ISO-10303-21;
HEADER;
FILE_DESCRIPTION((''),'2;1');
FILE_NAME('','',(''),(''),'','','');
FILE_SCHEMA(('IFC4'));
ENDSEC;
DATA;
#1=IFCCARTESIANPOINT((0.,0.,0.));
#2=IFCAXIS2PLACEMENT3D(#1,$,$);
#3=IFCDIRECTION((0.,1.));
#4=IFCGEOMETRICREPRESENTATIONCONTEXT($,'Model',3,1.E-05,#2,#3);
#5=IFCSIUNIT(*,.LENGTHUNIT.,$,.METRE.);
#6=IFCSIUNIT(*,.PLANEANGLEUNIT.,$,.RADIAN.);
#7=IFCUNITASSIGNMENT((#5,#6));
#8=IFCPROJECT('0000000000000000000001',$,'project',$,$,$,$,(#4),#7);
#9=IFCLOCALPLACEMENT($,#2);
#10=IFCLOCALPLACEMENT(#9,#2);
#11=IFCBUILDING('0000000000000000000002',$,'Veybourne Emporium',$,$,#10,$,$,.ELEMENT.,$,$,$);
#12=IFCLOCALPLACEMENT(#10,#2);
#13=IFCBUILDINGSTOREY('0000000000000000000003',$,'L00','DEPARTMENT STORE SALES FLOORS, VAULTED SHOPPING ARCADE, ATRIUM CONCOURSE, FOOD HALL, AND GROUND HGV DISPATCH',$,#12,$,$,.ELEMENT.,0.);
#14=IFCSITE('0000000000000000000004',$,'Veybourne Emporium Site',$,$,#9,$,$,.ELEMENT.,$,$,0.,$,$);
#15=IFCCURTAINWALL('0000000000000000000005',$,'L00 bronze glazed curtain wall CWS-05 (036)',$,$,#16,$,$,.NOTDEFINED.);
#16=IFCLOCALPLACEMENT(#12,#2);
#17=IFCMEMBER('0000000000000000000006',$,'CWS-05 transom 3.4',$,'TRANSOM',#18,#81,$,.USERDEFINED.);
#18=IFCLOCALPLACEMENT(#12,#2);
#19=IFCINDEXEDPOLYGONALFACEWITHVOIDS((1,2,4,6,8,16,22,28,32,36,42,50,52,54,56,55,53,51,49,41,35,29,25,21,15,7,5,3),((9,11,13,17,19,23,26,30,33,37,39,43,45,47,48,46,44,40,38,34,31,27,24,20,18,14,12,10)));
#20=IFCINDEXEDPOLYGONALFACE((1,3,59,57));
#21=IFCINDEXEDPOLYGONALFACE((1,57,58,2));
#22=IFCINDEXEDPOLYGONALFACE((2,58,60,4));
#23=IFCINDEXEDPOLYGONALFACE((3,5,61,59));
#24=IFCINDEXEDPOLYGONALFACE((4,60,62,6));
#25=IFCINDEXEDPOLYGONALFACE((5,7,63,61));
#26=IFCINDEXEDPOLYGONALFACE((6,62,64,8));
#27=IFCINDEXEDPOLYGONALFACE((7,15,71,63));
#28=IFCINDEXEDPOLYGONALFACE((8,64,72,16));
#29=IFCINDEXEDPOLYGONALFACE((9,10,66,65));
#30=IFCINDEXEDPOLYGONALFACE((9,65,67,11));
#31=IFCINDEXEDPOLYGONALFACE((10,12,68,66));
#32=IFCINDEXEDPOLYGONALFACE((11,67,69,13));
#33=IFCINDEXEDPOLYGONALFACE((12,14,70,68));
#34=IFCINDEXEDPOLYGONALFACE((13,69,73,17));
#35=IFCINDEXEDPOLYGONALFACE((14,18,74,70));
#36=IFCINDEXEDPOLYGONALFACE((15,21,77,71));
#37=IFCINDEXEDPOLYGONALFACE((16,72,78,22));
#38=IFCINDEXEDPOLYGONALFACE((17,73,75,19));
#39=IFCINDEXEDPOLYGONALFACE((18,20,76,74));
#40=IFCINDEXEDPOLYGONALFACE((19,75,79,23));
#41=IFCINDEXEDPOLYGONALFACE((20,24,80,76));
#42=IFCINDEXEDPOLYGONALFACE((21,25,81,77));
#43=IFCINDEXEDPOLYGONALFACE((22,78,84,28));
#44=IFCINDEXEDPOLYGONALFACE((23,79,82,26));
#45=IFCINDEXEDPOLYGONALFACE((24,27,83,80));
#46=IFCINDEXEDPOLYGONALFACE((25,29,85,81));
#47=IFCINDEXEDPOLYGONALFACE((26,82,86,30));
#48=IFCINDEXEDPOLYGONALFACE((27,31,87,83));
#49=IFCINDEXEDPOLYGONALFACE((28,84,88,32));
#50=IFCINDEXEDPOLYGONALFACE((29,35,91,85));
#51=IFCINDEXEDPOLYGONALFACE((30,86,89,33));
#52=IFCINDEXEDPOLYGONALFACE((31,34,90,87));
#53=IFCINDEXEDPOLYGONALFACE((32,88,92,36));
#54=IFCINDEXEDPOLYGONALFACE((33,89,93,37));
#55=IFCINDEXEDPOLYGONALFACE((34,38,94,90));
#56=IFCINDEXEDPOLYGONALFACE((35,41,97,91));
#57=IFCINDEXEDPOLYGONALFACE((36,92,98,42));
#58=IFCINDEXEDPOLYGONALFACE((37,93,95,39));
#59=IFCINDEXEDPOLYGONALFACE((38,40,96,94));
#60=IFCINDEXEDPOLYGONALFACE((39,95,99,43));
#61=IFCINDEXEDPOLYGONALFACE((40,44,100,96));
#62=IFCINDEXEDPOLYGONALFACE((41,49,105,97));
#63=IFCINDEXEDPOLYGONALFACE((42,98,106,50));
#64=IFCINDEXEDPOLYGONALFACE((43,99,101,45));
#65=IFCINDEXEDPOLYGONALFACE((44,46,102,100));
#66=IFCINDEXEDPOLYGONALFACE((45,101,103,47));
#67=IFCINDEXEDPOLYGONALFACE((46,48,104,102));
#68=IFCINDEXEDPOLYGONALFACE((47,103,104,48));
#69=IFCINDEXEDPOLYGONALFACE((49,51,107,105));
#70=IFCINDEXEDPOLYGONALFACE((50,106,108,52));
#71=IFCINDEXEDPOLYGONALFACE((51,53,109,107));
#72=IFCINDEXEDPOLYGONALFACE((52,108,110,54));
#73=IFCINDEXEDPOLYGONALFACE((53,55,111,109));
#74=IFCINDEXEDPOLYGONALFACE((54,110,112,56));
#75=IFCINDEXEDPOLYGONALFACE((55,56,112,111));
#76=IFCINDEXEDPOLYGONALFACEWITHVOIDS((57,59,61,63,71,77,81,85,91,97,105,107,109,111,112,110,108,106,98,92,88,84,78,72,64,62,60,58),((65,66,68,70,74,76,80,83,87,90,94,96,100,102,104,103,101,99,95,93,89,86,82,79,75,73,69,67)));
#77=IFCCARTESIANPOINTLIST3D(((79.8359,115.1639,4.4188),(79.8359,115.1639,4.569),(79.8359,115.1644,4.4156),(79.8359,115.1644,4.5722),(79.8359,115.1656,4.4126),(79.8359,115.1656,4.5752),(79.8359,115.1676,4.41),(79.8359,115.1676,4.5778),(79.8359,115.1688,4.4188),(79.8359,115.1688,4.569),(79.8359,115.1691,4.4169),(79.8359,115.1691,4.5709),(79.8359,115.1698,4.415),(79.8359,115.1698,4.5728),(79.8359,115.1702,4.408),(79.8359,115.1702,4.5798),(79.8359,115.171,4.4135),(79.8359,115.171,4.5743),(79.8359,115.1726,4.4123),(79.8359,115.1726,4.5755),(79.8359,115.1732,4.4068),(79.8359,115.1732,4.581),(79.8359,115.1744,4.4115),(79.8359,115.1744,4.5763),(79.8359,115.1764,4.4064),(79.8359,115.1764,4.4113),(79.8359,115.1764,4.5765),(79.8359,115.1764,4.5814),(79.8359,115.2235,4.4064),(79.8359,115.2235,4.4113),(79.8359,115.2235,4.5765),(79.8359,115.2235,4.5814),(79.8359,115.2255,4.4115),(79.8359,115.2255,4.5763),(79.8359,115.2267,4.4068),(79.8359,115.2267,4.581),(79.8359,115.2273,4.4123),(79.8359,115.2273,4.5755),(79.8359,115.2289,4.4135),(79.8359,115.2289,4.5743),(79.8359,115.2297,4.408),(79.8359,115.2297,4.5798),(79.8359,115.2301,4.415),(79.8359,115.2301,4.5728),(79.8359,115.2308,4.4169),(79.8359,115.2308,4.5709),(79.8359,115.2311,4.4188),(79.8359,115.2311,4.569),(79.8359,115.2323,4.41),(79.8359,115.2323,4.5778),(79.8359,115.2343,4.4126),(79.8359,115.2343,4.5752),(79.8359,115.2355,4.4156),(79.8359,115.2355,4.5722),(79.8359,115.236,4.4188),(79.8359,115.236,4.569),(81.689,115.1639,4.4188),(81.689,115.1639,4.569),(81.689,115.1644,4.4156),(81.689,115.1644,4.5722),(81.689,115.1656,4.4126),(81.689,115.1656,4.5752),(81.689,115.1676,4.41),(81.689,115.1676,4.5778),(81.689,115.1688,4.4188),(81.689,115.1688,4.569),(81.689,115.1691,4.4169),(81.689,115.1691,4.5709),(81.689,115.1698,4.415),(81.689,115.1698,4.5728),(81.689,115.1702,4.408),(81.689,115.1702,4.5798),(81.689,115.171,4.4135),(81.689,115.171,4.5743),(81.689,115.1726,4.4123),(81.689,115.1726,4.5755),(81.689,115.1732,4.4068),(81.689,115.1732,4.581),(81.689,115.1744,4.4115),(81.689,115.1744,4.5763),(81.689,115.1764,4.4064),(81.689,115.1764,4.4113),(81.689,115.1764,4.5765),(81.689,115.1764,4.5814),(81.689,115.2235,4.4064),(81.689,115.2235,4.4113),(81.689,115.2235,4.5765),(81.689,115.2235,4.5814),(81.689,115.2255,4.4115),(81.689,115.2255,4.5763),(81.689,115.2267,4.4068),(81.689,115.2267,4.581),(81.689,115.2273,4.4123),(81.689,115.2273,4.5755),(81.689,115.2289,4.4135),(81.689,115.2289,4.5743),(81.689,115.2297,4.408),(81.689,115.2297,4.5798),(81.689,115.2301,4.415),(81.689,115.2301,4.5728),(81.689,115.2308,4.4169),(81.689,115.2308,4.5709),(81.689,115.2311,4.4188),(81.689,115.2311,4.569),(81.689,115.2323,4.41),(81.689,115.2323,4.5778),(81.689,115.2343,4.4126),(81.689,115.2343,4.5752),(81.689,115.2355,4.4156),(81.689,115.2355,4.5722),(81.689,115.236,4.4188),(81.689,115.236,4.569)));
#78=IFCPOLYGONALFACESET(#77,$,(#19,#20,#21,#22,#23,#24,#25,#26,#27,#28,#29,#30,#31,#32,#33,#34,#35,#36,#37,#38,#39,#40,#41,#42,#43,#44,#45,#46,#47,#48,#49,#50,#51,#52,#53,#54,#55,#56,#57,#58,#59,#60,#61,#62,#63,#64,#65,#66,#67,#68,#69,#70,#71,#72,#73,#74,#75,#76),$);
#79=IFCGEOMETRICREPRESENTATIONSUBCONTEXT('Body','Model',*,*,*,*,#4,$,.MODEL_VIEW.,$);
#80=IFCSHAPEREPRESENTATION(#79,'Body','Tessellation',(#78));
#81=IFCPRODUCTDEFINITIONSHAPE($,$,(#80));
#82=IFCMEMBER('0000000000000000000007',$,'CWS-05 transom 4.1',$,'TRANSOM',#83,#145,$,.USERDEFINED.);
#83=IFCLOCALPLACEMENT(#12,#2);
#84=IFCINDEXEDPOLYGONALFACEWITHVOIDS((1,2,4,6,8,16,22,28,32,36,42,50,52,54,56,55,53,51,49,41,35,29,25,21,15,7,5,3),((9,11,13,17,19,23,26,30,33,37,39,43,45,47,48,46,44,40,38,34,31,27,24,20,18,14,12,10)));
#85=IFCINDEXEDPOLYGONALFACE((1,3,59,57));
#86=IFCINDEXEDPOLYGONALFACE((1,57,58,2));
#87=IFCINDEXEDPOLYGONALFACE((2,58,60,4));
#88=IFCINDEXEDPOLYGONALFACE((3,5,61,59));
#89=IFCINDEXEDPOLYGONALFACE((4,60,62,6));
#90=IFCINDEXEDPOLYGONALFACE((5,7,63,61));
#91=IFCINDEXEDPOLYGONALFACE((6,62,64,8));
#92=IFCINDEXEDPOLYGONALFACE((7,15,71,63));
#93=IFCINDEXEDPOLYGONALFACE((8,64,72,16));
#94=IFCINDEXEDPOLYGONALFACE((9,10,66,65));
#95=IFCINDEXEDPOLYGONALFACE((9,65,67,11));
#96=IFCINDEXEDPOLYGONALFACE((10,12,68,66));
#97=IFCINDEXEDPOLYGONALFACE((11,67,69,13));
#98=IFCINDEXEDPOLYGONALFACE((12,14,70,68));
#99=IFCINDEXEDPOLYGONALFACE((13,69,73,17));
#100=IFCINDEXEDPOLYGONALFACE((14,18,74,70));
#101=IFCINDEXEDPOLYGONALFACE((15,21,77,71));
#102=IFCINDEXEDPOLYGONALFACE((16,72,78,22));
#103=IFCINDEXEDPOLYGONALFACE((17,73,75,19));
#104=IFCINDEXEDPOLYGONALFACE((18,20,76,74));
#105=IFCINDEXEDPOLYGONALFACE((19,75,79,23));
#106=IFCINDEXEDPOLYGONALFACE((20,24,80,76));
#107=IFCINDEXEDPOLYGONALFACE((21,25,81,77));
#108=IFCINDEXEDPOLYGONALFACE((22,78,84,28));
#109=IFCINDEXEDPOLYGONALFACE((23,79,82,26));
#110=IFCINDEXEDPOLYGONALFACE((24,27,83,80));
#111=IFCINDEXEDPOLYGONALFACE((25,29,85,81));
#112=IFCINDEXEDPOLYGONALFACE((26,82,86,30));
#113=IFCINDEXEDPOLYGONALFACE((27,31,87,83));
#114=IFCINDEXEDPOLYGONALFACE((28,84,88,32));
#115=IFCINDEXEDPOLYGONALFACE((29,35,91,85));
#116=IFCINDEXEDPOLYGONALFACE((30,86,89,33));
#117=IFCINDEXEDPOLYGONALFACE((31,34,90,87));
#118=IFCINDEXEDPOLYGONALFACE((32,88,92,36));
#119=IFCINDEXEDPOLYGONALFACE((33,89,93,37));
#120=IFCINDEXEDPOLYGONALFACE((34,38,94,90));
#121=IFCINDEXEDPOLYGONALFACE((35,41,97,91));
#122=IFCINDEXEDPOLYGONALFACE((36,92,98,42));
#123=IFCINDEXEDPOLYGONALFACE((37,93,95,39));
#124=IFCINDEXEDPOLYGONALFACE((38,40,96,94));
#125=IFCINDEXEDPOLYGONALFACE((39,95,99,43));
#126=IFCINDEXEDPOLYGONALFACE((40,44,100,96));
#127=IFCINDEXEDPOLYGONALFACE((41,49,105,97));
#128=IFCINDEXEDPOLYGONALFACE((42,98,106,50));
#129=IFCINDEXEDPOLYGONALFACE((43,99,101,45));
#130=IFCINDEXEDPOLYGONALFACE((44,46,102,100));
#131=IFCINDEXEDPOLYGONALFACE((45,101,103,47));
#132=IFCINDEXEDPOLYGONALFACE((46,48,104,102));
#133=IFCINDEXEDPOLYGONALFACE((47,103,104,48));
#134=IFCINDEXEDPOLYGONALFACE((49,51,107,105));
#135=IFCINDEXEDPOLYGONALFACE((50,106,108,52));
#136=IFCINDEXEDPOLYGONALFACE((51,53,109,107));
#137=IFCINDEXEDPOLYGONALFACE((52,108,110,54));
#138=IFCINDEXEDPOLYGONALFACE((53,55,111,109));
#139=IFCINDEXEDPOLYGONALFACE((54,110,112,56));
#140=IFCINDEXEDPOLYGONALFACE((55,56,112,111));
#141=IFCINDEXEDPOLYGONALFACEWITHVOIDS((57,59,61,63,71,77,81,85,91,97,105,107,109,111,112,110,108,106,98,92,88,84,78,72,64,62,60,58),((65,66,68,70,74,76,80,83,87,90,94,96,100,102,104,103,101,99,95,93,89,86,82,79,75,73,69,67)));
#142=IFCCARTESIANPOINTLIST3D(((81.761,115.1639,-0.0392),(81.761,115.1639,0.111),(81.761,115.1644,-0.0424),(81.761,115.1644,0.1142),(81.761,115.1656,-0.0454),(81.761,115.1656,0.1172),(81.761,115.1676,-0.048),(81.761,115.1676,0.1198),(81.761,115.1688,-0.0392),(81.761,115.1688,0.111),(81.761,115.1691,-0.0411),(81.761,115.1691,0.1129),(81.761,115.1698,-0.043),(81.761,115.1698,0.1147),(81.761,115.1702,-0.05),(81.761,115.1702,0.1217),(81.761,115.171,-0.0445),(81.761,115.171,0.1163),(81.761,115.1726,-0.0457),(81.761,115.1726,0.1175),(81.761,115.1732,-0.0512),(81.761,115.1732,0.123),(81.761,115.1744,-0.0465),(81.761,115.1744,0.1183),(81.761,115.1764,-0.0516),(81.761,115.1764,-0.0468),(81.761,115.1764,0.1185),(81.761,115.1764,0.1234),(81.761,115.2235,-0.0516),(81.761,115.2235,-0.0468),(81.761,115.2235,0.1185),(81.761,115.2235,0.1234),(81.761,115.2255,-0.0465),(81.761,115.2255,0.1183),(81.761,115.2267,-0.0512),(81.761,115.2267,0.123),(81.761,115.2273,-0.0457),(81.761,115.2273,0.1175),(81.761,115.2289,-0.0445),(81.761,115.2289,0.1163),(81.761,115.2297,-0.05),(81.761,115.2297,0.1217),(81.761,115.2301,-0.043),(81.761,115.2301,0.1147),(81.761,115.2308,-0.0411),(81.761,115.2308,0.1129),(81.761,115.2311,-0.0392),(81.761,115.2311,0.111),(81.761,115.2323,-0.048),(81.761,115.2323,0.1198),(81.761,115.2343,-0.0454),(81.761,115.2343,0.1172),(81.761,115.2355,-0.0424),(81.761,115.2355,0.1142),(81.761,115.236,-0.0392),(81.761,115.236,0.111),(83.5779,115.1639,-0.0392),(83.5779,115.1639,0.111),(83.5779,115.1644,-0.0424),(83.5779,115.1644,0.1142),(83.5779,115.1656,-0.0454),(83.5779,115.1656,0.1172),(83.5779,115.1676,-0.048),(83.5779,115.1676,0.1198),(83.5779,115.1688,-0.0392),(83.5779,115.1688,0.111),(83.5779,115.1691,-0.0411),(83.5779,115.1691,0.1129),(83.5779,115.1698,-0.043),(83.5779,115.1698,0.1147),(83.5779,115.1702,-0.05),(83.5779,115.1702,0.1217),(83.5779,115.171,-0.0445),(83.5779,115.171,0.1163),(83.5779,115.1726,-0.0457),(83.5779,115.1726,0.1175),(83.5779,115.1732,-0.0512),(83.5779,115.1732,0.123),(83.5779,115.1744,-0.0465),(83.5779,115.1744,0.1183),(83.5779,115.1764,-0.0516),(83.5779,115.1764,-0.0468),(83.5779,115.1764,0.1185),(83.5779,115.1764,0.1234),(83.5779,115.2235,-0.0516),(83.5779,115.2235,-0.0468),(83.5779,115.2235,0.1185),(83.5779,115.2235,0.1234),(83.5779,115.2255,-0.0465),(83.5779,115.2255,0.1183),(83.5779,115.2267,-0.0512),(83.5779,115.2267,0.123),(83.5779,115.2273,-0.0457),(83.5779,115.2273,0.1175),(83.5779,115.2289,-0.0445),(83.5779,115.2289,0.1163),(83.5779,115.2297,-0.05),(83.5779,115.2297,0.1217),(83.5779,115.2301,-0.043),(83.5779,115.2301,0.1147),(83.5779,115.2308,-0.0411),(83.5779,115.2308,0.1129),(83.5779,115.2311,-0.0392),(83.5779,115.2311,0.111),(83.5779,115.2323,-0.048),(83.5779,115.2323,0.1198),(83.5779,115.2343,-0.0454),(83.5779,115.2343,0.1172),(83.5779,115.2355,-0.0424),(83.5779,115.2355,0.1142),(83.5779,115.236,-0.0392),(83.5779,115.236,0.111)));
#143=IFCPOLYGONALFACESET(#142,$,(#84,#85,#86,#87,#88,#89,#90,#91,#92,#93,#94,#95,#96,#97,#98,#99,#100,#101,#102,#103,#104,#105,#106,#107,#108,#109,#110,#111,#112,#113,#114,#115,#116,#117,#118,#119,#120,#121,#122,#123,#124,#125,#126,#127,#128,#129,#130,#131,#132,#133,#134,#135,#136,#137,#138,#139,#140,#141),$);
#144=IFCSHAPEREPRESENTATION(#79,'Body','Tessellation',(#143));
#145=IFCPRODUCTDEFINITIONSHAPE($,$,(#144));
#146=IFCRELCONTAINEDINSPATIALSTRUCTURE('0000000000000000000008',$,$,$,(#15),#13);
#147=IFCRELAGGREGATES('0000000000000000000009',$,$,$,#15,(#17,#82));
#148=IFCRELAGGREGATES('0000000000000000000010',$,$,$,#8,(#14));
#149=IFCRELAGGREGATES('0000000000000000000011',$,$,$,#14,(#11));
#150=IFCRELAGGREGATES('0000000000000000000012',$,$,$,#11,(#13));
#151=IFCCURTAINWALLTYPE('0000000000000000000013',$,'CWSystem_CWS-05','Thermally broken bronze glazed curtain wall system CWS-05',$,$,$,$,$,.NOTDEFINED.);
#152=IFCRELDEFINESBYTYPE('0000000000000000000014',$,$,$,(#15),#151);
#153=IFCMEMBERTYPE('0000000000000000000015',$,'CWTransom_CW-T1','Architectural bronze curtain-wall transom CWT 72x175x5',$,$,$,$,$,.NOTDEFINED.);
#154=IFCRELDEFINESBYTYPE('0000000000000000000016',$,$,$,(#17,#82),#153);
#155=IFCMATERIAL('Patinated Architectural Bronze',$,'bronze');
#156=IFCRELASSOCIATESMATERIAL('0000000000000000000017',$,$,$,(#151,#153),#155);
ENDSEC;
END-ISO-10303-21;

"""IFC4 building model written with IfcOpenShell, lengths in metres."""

from ifc_helpers import new_model, si_unit, direction, frame, origin, origin_2d, place, context, subcontext, project, spatial, hollow_rectangle, extrude, material, material_profile, profile_set, type_object, element, aggregate, save


model = new_model("IFC4")

# Units and contexts
model_context = context("Model", 3, precision=1e-05, world=origin(), true_north=direction((0.0, 1.0)))
body_context = subcontext(model_context, "Body", "Model", "MODEL_VIEW")
ifc_project = project(units=[si_unit("LENGTHUNIT", "METRE"), si_unit("PLANEANGLEUNIT", "RADIAN")], contexts=[model_context])

# Site, building, storey
site_placement = place(None, origin())
site = spatial("IfcSite", under=ifc_project, at=site_placement, Name="Veybourne Emporium Site", CompositionType="ELEMENT", RefElevation=0.0)
building_placement = place(site_placement, origin())
building = spatial("IfcBuilding", under=site, at=building_placement, Name="Veybourne Emporium", CompositionType="ELEMENT")
storey_placement = place(building_placement, origin())
storey = spatial("IfcBuildingStorey", under=building, at=storey_placement, Name="L00", Description="DEPARTMENT STORE SALES FLOORS, VAULTED SHOPPING ARCADE, ATRIUM CONCOURSE, FOOD HALL, AND GROUND HGV DISPATCH", CompositionType="ELEMENT", Elevation=0.0)

# Curtain wall, members
ifc_material_1 = material(Name="Patinated Architectural Bronze", Category="bronze")
curtain_wall_type = type_object("IfcCurtainWallType", Name="CWSystem_CWS-05", Description="Thermally broken bronze glazed curtain wall system CWS-05", PredefinedType="NOTDEFINED", material=ifc_material_1)
curtain_wall_placement = place(storey_placement, origin())
curtain_wall = element("IfcCurtainWall", 1, at=curtain_wall_placement, inside=storey, type_object=curtain_wall_type, Name="L00 bronze glazed curtain wall CWS-05 (036)", PredefinedType="NOTDEFINED")
ifc_material_profile_1 = material_profile(ifc_material_1, hollow_rectangle(XDim=0.072, YDim=0.175, WallThickness=0.0049, InnerFilletRadius=0.0076, OuterFilletRadius=0.0125, at=origin_2d()), Name="CWT 72x175x5")
ifc_profile_set_1 = profile_set([ifc_material_profile_1], Name="Patinated Architectural Bronze")
member_type_1 = type_object("IfcMemberType", Name="CWTransom_CW-T1", Description="Architectural bronze curtain-wall transom CWT 72x175x5", PredefinedType="NOTDEFINED", material=ifc_profile_set_1)
member_1_placement = place(storey_placement, frame((79.8359, 115.2, 4.4939), z_axis=(1.0, 0.0, 0.0), x_axis=(0.0, 1.0, 0.0)))
member_1 = element("IfcMember", 2, at=member_1_placement, type_object=member_type_1, Name="CWS-05 transom 3.4", ObjectType="TRANSOM", PredefinedType="USERDEFINED", context=body_context, shape_type="SweptSolid", body=[
    extrude(hollow_rectangle(XDim=0.072, YDim=0.175, WallThickness=0.0049, InnerFilletRadius=0.0076, OuterFilletRadius=0.0125, at=origin_2d()), origin(), (0.0, 0.0, 1.0), 1.853),
])
member_2_placement = place(storey_placement, frame((81.761, 115.2, 0.0359), z_axis=(1.0, 0.0, 0.0), x_axis=(0.0, 1.0, 0.0)))
member_2 = element("IfcMember", 3, at=member_2_placement, type_object=member_type_1, Name="CWS-05 transom 4.1", ObjectType="TRANSOM", PredefinedType="USERDEFINED", context=body_context, shape_type="SweptSolid", body=[
    extrude(hollow_rectangle(XDim=0.072, YDim=0.175, WallThickness=0.0049, InnerFilletRadius=0.0076, OuterFilletRadius=0.0125, at=origin_2d()), origin(), (0.0, 0.0, 1.0), 1.8169),
])

aggregate(curtain_wall, [member_1, member_2])

save(model, "model.ifc")
